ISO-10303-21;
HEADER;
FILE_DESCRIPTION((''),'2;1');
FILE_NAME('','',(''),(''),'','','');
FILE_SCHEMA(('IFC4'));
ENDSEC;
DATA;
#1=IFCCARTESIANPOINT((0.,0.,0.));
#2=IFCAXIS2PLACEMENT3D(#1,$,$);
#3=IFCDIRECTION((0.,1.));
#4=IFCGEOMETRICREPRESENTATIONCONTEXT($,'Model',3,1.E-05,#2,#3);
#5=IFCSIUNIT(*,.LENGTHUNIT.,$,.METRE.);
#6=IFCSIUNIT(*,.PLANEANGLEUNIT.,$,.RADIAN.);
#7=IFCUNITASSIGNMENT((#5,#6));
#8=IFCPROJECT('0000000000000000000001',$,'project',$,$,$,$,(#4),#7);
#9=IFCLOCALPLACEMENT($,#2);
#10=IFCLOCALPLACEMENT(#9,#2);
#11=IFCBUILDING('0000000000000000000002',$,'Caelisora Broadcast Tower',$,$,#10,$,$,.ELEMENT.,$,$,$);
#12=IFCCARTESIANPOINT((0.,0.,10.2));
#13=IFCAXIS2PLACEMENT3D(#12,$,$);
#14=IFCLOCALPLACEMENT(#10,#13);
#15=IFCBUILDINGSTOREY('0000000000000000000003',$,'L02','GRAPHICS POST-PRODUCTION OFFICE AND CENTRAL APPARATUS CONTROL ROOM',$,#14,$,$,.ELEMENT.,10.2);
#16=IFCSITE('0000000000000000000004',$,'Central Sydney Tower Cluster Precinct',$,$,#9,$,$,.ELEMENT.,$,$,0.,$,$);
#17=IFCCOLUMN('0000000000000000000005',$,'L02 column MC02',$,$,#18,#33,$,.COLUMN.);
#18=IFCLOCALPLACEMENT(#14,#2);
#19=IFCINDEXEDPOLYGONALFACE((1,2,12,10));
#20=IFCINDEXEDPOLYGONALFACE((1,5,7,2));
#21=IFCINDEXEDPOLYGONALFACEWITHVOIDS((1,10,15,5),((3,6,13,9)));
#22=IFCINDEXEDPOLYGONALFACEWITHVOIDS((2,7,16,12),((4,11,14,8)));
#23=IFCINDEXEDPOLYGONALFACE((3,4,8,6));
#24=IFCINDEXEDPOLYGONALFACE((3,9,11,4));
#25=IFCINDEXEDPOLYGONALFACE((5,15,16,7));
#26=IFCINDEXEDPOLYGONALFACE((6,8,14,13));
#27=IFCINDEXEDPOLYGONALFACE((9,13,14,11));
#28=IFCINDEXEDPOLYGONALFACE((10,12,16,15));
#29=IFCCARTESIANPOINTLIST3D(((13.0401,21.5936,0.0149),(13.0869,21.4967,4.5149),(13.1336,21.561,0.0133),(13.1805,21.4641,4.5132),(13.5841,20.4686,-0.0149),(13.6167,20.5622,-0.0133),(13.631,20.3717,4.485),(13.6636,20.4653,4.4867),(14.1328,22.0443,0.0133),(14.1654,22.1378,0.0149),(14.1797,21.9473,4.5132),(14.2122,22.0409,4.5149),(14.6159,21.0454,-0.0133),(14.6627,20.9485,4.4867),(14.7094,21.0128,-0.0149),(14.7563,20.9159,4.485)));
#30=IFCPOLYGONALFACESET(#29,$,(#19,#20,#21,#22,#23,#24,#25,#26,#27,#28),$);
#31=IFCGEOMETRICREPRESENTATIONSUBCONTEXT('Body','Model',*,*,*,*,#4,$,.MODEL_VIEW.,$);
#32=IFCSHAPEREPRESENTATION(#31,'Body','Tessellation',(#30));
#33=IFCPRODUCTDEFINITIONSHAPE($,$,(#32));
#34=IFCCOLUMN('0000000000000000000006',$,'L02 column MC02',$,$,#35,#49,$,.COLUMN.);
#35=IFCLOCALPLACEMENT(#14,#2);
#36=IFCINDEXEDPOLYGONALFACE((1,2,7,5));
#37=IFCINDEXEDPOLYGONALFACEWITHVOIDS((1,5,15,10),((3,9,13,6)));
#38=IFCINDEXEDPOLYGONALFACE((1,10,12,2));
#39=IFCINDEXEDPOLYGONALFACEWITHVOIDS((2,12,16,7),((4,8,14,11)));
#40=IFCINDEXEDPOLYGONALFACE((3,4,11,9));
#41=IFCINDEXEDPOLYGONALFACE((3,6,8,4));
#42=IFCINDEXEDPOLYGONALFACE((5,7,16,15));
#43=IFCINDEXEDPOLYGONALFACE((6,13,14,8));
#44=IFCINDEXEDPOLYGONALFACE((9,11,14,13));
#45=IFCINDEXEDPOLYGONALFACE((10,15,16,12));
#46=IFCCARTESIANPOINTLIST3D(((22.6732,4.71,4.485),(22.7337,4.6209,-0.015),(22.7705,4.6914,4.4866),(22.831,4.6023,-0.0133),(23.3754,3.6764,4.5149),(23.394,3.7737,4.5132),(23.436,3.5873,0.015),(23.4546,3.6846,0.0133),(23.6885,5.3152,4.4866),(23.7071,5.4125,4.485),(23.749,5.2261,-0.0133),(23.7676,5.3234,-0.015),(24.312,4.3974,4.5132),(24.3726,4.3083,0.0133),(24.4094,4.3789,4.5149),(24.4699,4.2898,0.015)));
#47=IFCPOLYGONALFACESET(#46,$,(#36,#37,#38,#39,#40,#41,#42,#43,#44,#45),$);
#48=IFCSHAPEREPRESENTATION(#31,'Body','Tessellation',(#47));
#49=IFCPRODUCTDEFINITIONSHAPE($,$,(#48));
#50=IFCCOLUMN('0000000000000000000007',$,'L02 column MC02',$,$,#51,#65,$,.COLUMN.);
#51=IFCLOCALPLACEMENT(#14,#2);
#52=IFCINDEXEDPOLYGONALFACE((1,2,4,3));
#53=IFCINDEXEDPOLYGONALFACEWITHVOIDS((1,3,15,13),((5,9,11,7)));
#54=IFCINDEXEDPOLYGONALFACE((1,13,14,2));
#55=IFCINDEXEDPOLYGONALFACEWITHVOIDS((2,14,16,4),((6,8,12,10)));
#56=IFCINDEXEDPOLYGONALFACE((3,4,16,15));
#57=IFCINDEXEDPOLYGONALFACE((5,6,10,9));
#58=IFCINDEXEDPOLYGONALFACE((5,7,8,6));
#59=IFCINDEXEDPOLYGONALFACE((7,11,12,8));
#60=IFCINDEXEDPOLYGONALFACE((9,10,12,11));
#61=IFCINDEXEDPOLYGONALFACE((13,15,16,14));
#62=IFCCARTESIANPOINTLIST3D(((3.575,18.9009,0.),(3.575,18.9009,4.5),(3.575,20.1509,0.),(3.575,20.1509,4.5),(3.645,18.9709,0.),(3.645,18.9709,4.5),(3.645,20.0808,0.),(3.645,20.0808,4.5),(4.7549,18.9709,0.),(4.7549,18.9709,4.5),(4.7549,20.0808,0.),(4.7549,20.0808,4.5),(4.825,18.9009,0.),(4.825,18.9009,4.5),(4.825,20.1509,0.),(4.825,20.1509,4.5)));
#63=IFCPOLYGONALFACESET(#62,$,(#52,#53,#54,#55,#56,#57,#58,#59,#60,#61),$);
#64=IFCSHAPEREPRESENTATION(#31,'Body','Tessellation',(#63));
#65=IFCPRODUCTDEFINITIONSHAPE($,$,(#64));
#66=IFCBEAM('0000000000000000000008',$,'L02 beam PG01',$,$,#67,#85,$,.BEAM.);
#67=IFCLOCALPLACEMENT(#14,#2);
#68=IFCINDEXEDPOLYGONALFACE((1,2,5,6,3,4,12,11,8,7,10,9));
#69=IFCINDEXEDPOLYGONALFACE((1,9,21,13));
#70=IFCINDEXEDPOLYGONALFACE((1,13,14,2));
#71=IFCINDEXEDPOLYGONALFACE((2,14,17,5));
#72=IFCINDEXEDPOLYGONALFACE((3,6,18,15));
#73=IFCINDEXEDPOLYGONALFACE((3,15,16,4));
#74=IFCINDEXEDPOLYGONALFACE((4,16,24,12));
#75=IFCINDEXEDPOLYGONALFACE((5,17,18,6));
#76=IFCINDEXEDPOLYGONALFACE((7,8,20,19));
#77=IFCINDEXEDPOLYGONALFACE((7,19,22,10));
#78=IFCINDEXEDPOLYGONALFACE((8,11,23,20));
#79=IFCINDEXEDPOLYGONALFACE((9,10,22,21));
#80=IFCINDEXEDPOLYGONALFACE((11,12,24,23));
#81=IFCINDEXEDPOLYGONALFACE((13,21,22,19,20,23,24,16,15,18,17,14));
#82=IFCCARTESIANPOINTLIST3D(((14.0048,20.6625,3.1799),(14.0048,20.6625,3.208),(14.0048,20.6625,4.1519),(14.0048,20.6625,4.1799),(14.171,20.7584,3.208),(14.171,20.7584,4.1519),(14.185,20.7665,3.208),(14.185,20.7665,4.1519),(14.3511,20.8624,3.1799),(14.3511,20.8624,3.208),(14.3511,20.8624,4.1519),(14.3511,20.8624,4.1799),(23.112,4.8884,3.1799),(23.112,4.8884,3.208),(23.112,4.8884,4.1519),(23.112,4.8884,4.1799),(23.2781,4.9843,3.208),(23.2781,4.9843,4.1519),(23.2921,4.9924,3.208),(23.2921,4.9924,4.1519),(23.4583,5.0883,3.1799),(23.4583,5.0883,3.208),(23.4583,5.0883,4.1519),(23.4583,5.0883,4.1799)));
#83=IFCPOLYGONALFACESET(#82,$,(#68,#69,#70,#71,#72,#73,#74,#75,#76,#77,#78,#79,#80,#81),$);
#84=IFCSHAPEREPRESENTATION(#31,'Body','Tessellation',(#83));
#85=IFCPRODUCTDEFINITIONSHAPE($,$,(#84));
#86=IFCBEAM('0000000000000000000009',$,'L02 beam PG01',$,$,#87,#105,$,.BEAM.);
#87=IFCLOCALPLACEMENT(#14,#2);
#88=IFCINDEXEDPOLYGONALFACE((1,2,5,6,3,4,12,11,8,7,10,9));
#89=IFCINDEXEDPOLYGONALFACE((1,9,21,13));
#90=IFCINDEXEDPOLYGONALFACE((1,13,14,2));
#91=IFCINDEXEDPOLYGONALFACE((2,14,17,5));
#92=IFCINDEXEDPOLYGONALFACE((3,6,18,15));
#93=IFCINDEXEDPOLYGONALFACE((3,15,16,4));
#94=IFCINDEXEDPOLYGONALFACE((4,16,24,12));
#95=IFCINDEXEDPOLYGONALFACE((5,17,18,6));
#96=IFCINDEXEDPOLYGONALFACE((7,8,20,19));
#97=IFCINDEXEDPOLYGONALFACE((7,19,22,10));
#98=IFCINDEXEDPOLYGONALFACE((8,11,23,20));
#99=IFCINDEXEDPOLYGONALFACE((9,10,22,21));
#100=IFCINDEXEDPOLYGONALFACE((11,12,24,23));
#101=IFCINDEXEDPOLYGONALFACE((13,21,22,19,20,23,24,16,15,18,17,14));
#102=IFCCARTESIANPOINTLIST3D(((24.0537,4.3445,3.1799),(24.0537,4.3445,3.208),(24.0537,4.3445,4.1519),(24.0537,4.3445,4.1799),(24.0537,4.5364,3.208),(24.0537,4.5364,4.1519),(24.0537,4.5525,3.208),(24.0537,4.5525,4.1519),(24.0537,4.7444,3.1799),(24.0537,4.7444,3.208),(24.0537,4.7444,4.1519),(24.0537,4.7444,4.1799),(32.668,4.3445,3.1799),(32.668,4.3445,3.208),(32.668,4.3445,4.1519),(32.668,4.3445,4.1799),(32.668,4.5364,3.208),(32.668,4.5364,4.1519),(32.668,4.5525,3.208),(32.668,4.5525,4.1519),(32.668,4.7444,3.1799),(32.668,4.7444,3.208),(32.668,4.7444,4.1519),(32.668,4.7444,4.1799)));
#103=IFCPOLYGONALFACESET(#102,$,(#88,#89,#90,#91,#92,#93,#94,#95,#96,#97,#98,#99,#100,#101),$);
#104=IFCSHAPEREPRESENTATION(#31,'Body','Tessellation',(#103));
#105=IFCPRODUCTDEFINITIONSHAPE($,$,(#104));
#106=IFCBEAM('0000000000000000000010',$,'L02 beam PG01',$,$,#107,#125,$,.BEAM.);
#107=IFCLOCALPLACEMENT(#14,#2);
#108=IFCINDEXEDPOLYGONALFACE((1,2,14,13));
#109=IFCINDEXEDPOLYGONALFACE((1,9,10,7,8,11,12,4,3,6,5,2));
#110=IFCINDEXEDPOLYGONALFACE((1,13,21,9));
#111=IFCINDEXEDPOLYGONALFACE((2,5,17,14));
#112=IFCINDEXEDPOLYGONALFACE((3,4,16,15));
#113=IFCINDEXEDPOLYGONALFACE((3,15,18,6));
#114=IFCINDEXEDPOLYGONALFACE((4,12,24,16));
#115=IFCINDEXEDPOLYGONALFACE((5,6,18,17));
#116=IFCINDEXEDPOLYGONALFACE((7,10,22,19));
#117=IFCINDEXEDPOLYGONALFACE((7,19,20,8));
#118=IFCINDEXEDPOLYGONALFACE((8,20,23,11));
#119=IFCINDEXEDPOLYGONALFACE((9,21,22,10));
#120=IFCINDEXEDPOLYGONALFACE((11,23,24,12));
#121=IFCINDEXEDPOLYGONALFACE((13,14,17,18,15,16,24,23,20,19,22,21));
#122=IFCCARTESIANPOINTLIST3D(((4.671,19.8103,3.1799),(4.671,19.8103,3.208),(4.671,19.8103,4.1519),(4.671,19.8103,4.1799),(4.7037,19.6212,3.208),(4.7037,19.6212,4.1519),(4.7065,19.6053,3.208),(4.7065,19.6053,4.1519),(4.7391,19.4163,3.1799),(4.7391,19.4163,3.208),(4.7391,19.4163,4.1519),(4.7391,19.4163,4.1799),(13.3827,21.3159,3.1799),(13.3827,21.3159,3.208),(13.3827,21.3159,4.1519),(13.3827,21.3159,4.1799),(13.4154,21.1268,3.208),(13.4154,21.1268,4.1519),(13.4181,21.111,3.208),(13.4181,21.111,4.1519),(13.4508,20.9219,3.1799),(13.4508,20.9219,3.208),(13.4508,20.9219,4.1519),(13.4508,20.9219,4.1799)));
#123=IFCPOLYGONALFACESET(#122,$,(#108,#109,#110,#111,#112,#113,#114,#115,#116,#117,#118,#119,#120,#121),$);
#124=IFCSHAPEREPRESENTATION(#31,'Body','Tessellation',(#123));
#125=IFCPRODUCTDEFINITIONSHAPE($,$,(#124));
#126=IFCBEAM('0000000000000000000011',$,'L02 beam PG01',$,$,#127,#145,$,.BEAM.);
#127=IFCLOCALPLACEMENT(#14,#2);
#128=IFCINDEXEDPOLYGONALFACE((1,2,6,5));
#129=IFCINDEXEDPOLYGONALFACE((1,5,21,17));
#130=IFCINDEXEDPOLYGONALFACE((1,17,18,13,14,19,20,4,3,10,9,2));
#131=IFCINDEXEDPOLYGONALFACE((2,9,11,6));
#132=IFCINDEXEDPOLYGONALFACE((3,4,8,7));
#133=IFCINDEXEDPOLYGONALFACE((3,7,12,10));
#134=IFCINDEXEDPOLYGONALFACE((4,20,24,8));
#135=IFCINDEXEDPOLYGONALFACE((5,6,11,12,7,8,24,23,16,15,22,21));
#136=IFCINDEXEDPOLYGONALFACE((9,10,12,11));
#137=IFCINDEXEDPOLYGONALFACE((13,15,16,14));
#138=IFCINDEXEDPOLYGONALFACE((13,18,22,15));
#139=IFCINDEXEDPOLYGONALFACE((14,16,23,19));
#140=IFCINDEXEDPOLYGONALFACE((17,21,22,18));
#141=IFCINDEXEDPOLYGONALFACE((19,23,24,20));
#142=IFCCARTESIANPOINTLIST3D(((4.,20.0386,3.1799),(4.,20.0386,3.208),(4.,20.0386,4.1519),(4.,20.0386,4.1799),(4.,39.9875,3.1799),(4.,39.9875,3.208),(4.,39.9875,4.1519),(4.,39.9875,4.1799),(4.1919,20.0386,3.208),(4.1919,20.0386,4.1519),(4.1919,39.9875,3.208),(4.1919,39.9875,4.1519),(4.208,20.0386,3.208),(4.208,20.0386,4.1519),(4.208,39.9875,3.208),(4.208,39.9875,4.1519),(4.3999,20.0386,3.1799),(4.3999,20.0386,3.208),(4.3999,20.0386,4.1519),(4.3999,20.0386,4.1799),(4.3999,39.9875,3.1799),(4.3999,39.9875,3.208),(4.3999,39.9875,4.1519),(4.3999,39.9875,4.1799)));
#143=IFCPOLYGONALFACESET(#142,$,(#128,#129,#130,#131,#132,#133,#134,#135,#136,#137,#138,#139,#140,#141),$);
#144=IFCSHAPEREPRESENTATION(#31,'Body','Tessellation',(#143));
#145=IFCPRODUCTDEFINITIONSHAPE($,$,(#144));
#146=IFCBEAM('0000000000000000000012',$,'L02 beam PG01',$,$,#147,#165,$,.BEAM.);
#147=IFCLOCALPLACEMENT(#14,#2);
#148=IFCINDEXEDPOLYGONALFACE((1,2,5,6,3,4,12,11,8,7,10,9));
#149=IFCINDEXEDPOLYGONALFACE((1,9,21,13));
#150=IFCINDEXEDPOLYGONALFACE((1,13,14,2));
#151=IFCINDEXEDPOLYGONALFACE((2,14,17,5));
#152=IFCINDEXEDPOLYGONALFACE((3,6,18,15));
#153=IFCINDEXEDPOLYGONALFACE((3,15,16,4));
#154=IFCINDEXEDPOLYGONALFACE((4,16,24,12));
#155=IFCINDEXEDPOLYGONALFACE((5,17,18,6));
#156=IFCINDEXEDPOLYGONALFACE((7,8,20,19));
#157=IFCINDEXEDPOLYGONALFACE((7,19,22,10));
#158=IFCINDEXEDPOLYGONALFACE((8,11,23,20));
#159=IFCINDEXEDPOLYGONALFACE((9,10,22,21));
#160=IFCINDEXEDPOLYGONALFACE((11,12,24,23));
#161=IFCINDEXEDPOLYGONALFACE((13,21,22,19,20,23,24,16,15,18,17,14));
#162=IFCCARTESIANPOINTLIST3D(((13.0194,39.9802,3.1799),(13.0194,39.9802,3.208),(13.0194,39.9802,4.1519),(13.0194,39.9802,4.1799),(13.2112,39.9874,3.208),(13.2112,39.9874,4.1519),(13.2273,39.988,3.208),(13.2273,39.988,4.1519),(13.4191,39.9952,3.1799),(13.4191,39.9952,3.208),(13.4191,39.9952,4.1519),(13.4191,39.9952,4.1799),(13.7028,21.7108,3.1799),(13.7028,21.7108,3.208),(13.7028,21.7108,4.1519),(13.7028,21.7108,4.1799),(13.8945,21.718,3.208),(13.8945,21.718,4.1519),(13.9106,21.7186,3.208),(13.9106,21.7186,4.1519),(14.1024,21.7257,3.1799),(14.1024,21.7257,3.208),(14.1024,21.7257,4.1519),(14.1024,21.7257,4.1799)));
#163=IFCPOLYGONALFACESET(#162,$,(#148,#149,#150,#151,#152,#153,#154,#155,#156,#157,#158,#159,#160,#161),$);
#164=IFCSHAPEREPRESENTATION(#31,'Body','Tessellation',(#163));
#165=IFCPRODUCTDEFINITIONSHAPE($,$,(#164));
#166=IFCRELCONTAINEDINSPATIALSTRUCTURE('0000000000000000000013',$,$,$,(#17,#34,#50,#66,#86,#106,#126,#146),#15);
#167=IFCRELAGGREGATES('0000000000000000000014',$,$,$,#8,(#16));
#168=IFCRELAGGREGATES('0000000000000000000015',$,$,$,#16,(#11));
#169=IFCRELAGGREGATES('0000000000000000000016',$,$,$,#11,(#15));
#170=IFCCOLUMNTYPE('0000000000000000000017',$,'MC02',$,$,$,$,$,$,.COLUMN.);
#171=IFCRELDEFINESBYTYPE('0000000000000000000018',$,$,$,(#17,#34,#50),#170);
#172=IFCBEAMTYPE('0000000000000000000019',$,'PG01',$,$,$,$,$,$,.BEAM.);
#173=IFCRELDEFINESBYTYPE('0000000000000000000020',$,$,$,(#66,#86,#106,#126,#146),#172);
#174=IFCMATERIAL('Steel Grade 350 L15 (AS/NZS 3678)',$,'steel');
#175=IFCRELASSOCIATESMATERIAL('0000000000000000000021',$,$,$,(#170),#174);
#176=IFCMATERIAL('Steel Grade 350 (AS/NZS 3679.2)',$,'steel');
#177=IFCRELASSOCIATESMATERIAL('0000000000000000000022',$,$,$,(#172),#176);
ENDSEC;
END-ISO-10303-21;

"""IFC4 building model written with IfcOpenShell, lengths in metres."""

from ifc_helpers import new_model, si_unit, direction, frame, origin, origin_2d, place, context, subcontext, project, spatial, hollow_rectangle, i_section, extrude, source, transform, mapped, material, material_profile, profile_set, type_object, type_shapes, element, save


model = new_model("IFC4")

# Units and contexts
model_context = context("Model", 3, precision=1e-05, world=origin(), true_north=direction((0.0, 1.0)))
body_context = subcontext(model_context, "Body", "Model", "MODEL_VIEW")
ifc_project = project(units=[si_unit("LENGTHUNIT", "METRE"), si_unit("PLANEANGLEUNIT", "RADIAN")], contexts=[model_context])

# Site, building, storey
site_placement = place(None, origin())
site = spatial("IfcSite", under=ifc_project, at=site_placement, Name="Central Sydney Tower Cluster Precinct", CompositionType="ELEMENT", RefElevation=0.0)
building_placement = place(site_placement, origin())
building = spatial("IfcBuilding", under=site, at=building_placement, Name="Caelisora Broadcast Tower", CompositionType="ELEMENT")
storey_placement = place(building_placement, frame((0.0, 0.0, 10.2)))
storey = spatial("IfcBuildingStorey", under=building, at=storey_placement, Name="L02", Description="GRAPHICS POST-PRODUCTION OFFICE AND CENTRAL APPARATUS CONTROL ROOM", CompositionType="ELEMENT", Elevation=10.2)

# Columns
ifc_material_1 = material(Name="Steel Grade 350 L15 (AS/NZS 3678)", Category="steel")
ifc_material_profile_1 = material_profile(ifc_material_1, hollow_rectangle(XDim=1.25, YDim=1.25, WallThickness=0.0701, at=origin_2d()), Name="Steel Grade 350 L15 (AS/NZS 3678)")
ifc_profile_set_1 = profile_set([ifc_material_profile_1], Name="Steel Grade 350 L15 (AS/NZS 3678)")
column_type = type_object("IfcColumnType", Name="MC02", PredefinedType="COLUMN", material=ifc_profile_set_1)
shared_shape_1 = source(origin(), body_context, "Body", "SweptSolid", [
    extrude(hollow_rectangle(XDim=1.25, YDim=1.25, WallThickness=0.0701, at=origin_2d()), origin(), (0.0, 0.0, 1.0), 4.5012),
])
for number, where, z_axis, x_axis, name in (
    (1, (13.8748, 21.3032, 0.0), (0.010414, -0.021532, 0.999714), (0.900245, 0.435383, 0.0), "L02 column MC02"),
    (2, (23.6018, 4.4553, 0.0), (-0.013451, 0.019797, 0.999714), (-0.827137, -0.562, 0.0), "L02 column MC02"),
):
    element("IfcColumn", number, at=place(storey_placement, frame(where, z_axis=z_axis, x_axis=x_axis)), inside=storey, type_object=column_type, Name=name, PredefinedType="COLUMN", context=body_context, shape_type="MappedRepresentation", body=[
        mapped(shared_shape_1, transform((0.0, 0.0, 0.0), scale=1.0)),
    ])
shared_shape_2 = source(origin(), body_context, "Body", "SweptSolid", [
    extrude(hollow_rectangle(XDim=1.25, YDim=1.25, WallThickness=0.0701, at=origin_2d()), origin(), (0.0, 0.0, 1.0), 4.5),
])
type_shapes(column_type, [shared_shape_1, shared_shape_2])
column_placement = place(storey_placement, frame((4.2, 19.5259, 0.0), z_axis=(0.0, 0.0, 1.0), x_axis=(1.0, 0.0, 0.0)))
element("IfcColumn", 3, at=column_placement, inside=storey, type_object=column_type, Name="L02 column MC02", PredefinedType="COLUMN", context=body_context, shape_type="MappedRepresentation", body=[
    mapped(shared_shape_2, transform((0.0, 0.0, 0.0), scale=1.0)),
])

# Beams
ifc_material_2 = material(Name="Steel Grade 350 (AS/NZS 3679.2)", Category="steel")
ifc_material_profile_2 = material_profile(ifc_material_2, i_section(OverallWidth=0.3999, OverallDepth=1.0, WebThickness=0.0161, FlangeThickness=0.0281, at=origin_2d()), Name="Steel Grade 350 (AS/NZS 3679.2)")
ifc_profile_set_2 = profile_set([ifc_material_profile_2], Name="Steel Grade 350 (AS/NZS 3679.2)")
beam_type_1 = type_object("IfcBeamType", Name="PG01", PredefinedType="BEAM", material=ifc_profile_set_2)
shared_shape_3 = source(origin(), body_context, "Body", "SweptSolid", [
    extrude(i_section(OverallWidth=0.3999, OverallDepth=1.0, WebThickness=0.0161, FlangeThickness=0.0281, at=origin_2d()), origin(), (0.0, 0.0, 1.0), 18.2144),
])
beam_1_placement = place(storey_placement, frame((14.178, 20.7625, 3.6799), z_axis=(0.499998, -0.866026, 0.0), x_axis=(0.866026, 0.499998, 0.0)))
element("IfcBeam", 4, at=beam_1_placement, inside=storey, type_object=beam_type_1, Name="L02 beam PG01", PredefinedType="BEAM", context=body_context, shape_type="MappedRepresentation", body=[
    mapped(shared_shape_3, transform((0.0, 0.0, 0.0), scale=1.0)),
])
shared_shape_4 = source(origin(), body_context, "Body", "SweptSolid", [
    extrude(i_section(OverallWidth=0.3999, OverallDepth=1.0, WebThickness=0.0161, FlangeThickness=0.0281, at=origin_2d()), origin(), (0.0, 0.0, 1.0), 8.6143),
])
beam_2_placement = place(storey_placement, frame((24.0537, 4.5444, 3.6799), z_axis=(1.0, 0.0, 0.0), x_axis=(0.0, 1.0, 0.0)))
element("IfcBeam", 5, at=beam_2_placement, inside=storey, type_object=beam_type_1, Name="L02 beam PG01", PredefinedType="BEAM", context=body_context, shape_type="MappedRepresentation", body=[
    mapped(shared_shape_4, transform((0.0, 0.0, 0.0), scale=1.0)),
])
shared_shape_5 = source(origin(), body_context, "Body", "SweptSolid", [
    extrude(i_section(OverallWidth=0.3999, OverallDepth=1.0, WebThickness=0.0161, FlangeThickness=0.0281, at=origin_2d()), origin(), (0.0, 0.0, 1.0), 8.8408),
])
beam_3_placement = place(storey_placement, frame((4.7051, 19.6133, 3.6799), z_axis=(0.985392, 0.170303, 0.0), x_axis=(-0.170303, 0.985392, 0.0)))
element("IfcBeam", 6, at=beam_3_placement, inside=storey, type_object=beam_type_1, Name="L02 beam PG01", PredefinedType="BEAM", context=body_context, shape_type="MappedRepresentation", body=[
    mapped(shared_shape_5, transform((0.0, 0.0, 0.0), scale=1.0)),
])
shared_shape_6 = source(origin(), body_context, "Body", "SweptSolid", [
    extrude(i_section(OverallWidth=0.3999, OverallDepth=1.0, WebThickness=0.0161, FlangeThickness=0.0281, at=origin_2d()), origin(), (0.0, 0.0, 1.0), 19.949),
])
beam_4_placement = place(storey_placement, frame((4.2, 20.0386, 3.6799), z_axis=(0.0, 1.0, 0.0), x_axis=(-1.0, 0.0, 0.0)))
element("IfcBeam", 7, at=beam_4_placement, inside=storey, type_object=beam_type_1, Name="L02 beam PG01", PredefinedType="BEAM", context=body_context, shape_type="MappedRepresentation", body=[
    mapped(shared_shape_6, transform((0.0, 0.0, 0.0), scale=1.0)),
])
shared_shape_7 = source(origin(), body_context, "Body", "SweptSolid", [
    extrude(i_section(OverallWidth=0.3999, OverallDepth=1.0, WebThickness=0.0161, FlangeThickness=0.0281, at=origin_2d()), origin(), (0.0, 0.0, 1.0), 18.2822),
])
type_shapes(beam_type_1, [shared_shape_3, shared_shape_4, shared_shape_5, shared_shape_6, shared_shape_7])
beam_5_placement = place(storey_placement, frame((13.9026, 21.7183, 3.6799), z_axis=(-0.037378, 0.999301, 0.0), x_axis=(-0.999301, -0.037378, 0.0)))
element("IfcBeam", 8, at=beam_5_placement, inside=storey, type_object=beam_type_1, Name="L02 beam PG01", PredefinedType="BEAM", context=body_context, shape_type="MappedRepresentation", body=[
    mapped(shared_shape_7, transform((0.0, 0.0, 0.0), scale=1.0)),
])

save(model, "model.ifc")
